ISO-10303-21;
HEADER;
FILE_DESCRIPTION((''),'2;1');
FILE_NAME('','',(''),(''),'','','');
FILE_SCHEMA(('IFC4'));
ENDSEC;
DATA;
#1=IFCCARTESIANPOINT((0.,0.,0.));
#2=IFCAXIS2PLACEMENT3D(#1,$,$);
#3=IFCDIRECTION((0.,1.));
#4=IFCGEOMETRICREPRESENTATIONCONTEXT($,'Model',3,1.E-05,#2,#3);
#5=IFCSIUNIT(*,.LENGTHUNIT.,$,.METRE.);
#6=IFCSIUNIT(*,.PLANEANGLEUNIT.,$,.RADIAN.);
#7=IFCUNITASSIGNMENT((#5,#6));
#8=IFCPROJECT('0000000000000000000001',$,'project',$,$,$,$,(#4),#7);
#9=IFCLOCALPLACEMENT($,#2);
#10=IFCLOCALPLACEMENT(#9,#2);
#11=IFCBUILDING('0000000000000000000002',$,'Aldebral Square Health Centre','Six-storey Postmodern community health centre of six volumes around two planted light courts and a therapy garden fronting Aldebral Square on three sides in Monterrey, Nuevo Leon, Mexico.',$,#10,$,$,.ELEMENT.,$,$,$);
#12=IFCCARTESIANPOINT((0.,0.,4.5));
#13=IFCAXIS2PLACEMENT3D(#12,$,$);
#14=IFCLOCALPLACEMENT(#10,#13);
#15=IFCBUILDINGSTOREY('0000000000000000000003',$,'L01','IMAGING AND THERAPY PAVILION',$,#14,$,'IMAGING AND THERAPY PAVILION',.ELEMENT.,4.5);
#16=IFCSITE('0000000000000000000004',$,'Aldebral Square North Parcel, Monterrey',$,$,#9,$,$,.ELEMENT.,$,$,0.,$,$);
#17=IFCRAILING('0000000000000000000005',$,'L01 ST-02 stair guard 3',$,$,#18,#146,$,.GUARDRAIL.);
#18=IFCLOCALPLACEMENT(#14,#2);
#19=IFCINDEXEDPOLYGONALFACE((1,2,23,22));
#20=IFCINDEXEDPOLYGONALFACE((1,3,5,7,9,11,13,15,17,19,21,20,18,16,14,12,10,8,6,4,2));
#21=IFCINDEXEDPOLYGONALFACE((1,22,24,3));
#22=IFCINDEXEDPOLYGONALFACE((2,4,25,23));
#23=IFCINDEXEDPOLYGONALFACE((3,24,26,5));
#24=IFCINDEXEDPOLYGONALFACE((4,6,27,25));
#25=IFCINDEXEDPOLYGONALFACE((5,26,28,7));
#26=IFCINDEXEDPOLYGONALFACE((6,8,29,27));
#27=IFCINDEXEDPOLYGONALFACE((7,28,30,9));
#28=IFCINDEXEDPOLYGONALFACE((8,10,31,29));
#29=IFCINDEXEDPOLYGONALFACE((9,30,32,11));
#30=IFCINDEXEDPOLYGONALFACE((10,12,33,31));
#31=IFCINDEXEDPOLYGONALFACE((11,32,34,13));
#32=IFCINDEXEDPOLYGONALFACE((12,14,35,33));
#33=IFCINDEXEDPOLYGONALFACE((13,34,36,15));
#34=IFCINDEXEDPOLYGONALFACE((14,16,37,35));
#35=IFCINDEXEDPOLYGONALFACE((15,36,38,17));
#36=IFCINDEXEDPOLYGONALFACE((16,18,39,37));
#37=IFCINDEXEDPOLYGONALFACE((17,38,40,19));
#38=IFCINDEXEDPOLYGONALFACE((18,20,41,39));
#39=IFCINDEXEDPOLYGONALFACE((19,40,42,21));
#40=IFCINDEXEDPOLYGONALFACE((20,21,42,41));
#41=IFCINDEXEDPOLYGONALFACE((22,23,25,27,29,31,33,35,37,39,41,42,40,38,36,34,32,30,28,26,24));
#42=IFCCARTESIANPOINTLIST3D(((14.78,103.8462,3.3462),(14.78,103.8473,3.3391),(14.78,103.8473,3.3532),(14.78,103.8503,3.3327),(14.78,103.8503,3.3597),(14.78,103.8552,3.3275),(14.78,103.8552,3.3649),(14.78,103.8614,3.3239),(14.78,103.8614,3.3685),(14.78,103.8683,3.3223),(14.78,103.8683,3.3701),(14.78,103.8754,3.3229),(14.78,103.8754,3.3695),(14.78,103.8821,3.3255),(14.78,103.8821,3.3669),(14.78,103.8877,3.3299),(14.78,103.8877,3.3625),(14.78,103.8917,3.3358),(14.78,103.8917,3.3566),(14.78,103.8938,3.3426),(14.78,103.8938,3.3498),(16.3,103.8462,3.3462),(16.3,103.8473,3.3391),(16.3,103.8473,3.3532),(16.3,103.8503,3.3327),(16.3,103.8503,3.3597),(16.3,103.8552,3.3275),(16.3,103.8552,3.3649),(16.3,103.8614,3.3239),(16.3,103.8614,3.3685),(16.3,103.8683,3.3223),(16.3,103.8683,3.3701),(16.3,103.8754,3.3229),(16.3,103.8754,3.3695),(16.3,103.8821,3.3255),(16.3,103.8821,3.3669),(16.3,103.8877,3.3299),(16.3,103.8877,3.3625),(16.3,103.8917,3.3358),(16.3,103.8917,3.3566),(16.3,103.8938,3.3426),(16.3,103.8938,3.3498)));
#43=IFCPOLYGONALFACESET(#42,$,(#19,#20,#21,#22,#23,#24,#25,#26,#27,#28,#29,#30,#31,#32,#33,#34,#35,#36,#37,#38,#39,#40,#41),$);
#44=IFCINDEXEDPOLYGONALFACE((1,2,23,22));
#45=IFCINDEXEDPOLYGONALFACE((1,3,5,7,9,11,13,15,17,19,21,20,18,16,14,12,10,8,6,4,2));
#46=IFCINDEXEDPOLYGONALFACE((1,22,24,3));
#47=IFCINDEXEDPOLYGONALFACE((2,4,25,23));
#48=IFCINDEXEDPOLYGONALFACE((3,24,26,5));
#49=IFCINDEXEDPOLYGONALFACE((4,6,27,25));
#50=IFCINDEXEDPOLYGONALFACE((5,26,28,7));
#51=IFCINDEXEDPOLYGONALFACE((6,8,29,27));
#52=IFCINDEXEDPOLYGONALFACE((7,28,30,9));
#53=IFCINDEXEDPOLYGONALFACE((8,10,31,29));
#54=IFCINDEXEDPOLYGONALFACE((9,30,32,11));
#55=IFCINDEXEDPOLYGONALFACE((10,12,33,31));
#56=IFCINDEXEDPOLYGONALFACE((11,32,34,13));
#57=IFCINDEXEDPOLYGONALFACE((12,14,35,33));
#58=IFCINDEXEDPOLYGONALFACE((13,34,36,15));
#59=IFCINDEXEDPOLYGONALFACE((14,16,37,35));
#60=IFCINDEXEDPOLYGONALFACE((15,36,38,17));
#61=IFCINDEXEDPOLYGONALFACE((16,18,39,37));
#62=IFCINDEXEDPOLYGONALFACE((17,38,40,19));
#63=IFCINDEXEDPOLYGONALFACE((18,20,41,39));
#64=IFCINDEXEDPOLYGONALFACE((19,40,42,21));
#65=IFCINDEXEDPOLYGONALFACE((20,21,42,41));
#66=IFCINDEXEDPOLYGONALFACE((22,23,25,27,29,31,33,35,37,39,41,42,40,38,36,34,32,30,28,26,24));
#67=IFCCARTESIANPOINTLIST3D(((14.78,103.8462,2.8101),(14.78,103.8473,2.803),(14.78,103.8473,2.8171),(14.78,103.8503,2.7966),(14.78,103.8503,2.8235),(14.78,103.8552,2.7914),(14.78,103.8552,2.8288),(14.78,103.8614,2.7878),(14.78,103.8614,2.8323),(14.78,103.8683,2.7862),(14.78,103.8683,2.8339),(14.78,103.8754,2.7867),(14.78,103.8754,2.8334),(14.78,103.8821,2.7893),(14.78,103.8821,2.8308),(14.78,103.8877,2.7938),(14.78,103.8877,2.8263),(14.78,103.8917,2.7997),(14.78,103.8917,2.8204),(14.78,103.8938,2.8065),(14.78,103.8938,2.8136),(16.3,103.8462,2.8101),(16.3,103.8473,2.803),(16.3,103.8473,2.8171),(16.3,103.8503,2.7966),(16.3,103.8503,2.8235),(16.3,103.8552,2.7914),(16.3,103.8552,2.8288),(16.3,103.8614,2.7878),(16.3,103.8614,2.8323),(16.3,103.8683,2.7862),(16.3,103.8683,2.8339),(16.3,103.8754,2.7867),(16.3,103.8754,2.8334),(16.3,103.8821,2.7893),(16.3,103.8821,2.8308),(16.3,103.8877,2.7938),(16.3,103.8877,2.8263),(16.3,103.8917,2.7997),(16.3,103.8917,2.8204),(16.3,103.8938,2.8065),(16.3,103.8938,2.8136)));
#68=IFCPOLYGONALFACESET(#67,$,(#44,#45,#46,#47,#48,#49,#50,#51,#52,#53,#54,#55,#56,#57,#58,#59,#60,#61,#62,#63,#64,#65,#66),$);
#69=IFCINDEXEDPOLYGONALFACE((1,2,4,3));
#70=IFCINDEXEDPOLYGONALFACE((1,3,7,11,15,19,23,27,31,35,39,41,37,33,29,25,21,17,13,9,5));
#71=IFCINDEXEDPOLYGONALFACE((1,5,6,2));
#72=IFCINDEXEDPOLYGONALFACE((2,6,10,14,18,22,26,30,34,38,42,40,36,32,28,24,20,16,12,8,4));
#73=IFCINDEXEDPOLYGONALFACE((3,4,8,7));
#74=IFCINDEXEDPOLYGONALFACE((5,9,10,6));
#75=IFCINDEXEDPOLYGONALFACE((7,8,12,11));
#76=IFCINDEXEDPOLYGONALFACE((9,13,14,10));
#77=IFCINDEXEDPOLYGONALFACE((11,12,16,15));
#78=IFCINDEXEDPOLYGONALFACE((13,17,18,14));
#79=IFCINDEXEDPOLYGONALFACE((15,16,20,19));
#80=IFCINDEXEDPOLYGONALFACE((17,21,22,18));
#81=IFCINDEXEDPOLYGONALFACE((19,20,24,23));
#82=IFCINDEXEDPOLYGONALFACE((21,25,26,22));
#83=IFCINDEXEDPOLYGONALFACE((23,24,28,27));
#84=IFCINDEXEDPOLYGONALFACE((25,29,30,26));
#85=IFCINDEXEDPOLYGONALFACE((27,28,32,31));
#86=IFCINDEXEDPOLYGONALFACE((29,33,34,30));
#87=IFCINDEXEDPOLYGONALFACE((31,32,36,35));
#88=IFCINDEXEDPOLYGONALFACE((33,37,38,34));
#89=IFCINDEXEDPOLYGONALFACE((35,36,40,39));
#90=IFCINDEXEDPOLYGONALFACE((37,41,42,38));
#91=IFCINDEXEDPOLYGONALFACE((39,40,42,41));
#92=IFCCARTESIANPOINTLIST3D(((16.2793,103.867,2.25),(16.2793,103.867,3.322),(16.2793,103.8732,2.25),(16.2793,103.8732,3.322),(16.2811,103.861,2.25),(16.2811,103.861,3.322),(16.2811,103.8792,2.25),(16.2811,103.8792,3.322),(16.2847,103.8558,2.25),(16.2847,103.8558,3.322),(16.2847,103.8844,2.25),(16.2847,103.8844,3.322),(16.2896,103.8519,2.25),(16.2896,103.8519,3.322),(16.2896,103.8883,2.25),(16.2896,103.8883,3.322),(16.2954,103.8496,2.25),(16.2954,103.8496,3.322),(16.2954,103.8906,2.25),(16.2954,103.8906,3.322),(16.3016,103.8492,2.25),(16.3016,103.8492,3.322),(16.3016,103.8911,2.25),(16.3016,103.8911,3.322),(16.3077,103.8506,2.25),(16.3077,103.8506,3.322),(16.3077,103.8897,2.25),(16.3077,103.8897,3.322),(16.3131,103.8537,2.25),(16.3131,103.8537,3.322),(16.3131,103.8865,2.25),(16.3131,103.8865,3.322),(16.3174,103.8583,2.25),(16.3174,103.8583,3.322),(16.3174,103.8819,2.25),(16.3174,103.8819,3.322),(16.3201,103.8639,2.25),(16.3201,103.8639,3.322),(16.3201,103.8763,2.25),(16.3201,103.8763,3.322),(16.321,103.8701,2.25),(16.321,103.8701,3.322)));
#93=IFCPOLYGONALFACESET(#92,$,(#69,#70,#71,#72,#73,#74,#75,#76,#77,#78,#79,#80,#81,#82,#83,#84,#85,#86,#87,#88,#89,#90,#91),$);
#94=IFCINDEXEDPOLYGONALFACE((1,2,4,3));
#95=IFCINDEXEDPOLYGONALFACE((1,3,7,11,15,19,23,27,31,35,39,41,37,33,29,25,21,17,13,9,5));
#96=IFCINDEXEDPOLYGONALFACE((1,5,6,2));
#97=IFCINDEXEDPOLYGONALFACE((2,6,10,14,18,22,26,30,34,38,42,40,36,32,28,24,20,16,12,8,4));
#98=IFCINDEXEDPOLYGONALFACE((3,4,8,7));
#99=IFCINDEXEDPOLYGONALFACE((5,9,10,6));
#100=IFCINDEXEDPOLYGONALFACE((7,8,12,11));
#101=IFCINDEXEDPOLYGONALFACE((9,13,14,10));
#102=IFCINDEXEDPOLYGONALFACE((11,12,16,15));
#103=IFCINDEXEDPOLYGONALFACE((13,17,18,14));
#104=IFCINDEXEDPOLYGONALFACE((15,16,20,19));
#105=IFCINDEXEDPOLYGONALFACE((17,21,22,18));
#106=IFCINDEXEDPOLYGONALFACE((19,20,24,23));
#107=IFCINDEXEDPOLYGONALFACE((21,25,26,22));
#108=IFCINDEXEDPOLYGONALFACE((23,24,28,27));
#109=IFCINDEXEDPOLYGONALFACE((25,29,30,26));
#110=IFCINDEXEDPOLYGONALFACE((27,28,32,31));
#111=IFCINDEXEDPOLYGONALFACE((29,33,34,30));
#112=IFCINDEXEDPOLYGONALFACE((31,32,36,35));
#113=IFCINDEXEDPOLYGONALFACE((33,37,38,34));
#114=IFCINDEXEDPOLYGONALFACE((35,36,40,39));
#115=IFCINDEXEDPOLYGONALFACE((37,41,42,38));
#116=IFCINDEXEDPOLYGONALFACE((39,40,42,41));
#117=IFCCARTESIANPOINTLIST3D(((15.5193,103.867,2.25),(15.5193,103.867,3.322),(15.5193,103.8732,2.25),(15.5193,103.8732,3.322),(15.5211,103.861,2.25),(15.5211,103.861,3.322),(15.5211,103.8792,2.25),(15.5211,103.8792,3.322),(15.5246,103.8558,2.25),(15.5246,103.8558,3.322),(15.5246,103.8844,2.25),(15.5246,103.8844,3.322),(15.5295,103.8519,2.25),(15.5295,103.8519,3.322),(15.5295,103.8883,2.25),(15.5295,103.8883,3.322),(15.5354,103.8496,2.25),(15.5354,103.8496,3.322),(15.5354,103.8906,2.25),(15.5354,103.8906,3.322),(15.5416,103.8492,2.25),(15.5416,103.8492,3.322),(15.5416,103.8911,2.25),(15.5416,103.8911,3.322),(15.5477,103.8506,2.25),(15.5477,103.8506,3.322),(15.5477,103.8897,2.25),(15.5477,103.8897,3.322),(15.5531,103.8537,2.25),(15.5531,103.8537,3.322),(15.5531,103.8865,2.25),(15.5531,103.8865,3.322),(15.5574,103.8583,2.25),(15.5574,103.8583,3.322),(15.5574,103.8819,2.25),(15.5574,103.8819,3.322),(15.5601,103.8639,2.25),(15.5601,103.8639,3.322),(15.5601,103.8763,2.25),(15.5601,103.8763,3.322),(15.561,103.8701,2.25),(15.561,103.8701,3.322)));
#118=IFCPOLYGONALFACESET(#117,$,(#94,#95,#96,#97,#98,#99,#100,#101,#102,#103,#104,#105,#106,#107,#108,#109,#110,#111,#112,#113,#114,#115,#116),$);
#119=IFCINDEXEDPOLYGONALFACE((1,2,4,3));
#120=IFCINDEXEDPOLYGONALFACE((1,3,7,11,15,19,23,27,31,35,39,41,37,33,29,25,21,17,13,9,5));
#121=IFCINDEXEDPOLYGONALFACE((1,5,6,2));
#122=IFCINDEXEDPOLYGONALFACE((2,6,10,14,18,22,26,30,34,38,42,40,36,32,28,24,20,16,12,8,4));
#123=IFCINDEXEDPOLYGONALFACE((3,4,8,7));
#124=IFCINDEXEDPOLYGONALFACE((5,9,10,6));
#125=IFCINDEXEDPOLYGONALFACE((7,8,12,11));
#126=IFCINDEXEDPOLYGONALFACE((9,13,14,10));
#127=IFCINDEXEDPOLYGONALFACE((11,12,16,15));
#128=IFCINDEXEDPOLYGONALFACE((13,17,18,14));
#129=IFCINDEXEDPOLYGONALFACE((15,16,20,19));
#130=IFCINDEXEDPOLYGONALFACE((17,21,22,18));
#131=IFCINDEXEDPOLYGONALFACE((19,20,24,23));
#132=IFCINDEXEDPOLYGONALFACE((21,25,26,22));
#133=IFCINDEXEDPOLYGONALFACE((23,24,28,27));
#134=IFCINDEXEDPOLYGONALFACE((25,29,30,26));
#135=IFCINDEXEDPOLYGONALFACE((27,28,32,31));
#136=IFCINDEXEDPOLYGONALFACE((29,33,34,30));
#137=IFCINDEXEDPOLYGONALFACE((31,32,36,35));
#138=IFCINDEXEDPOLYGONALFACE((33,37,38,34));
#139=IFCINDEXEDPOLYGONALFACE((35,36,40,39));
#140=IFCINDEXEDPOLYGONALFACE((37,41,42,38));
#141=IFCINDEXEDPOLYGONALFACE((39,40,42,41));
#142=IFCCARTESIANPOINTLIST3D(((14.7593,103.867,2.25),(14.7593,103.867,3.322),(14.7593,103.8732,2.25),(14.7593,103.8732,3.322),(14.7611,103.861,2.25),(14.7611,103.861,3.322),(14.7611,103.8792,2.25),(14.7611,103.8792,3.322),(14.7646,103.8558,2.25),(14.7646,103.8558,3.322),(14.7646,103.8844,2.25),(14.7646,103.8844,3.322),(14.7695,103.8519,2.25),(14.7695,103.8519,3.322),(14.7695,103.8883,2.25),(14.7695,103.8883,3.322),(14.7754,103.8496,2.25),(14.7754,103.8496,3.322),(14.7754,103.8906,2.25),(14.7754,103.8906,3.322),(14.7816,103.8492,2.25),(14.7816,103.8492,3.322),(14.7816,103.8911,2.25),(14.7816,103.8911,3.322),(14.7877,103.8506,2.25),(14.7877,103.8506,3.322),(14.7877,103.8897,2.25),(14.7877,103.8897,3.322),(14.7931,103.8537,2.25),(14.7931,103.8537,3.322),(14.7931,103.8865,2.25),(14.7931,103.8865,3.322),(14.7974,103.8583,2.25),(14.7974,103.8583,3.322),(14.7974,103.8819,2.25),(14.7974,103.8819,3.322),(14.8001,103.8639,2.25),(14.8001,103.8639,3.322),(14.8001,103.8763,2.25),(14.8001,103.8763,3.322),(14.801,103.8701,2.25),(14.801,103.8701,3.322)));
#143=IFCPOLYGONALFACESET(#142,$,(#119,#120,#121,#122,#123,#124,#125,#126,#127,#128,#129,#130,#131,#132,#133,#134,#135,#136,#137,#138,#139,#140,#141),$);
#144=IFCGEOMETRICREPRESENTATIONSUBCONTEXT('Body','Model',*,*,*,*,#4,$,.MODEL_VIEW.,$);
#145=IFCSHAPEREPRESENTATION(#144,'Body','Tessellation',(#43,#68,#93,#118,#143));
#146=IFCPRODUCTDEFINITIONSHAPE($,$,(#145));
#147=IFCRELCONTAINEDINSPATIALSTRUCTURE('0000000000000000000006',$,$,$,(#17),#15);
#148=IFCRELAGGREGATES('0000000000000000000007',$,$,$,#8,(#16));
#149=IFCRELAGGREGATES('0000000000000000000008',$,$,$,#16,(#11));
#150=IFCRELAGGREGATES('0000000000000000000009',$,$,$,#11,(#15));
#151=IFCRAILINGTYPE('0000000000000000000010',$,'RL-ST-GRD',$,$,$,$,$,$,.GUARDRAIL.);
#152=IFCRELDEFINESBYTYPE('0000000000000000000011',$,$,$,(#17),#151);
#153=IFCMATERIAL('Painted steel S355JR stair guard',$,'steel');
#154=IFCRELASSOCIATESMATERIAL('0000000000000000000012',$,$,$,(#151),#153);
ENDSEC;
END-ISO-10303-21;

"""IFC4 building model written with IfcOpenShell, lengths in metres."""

from ifc_helpers import new_model, si_unit, direction, frame, origin, origin_2d, place, context, subcontext, project, spatial, circle, extrude, material, type_object, element, save


model = new_model("IFC4")

# Units and contexts
model_context = context("Model", 3, precision=1e-05, world=origin(), true_north=direction((0.0, 1.0)))
body_context = subcontext(model_context, "Body", "Model", "MODEL_VIEW")
ifc_project = project(units=[si_unit("LENGTHUNIT", "METRE"), si_unit("PLANEANGLEUNIT", "RADIAN")], contexts=[model_context])

# Site, building, storey
site_placement = place(None, origin())
site = spatial("IfcSite", under=ifc_project, at=site_placement, Name="Aldebral Square North Parcel, Monterrey", CompositionType="ELEMENT", RefElevation=0.0)
building_placement = place(site_placement, origin())
building = spatial("IfcBuilding", under=site, at=building_placement, Name="Aldebral Square Health Centre", Description="Six-storey Postmodern community health centre of six volumes around two planted light courts and a therapy garden fronting Aldebral Square on three sides in Monterrey, Nuevo Leon, Mexico.", CompositionType="ELEMENT")
storey_placement = place(building_placement, frame((0.0, 0.0, 4.5)))
storey = spatial("IfcBuildingStorey", under=building, at=storey_placement, Name="L01", Description="IMAGING AND THERAPY PAVILION", LongName="IMAGING AND THERAPY PAVILION", CompositionType="ELEMENT", Elevation=4.5)

# Railing
ifc_material_1 = material(Name="Painted steel S355JR stair guard", Category="steel")
railing_type_1 = type_object("IfcRailingType", Name="RL-ST-GRD", PredefinedType="GUARDRAIL", material=ifc_material_1)
for number, where, name in (
    (1, (16.3, 103.8701, 2.25), "L01 ST-02 stair guard 3"),
):
    element("IfcRailing", number, at=place(storey_placement, frame(where)), inside=storey, type_object=railing_type_1, Name=name, PredefinedType="GUARDRAIL", context=body_context, shape_type="SweptSolid", body=[
        extrude(circle(Radius=0.0239, at=origin_2d()), frame((0.0, 0.0, 1.0962), z_axis=(-1.0, 0.0, 0.0), x_axis=(0.0, -1.0, 0.0)), (0.0, 0.0, 1.0), 1.52),
        extrude(circle(Radius=0.0239, at=origin_2d()), frame((0.0, 0.0, 0.5601), z_axis=(-1.0, 0.0, 0.0), x_axis=(0.0, -1.0, 0.0)), (0.0, 0.0, 1.0), 1.52),
        extrude(circle(Radius=0.021, at=origin_2d()), origin(), (0.0, 0.0, 1.0), 1.072),
        extrude(circle(Radius=0.021, at=origin_2d()), frame((-0.76, 0.0, 0.0)), (0.0, 0.0, 1.0), 1.072),
        extrude(circle(Radius=0.021, at=origin_2d()), frame((-1.52, 0.0, 0.0)), (0.0, 0.0, 1.0), 1.072),
    ])

save(model, "model.ifc")
